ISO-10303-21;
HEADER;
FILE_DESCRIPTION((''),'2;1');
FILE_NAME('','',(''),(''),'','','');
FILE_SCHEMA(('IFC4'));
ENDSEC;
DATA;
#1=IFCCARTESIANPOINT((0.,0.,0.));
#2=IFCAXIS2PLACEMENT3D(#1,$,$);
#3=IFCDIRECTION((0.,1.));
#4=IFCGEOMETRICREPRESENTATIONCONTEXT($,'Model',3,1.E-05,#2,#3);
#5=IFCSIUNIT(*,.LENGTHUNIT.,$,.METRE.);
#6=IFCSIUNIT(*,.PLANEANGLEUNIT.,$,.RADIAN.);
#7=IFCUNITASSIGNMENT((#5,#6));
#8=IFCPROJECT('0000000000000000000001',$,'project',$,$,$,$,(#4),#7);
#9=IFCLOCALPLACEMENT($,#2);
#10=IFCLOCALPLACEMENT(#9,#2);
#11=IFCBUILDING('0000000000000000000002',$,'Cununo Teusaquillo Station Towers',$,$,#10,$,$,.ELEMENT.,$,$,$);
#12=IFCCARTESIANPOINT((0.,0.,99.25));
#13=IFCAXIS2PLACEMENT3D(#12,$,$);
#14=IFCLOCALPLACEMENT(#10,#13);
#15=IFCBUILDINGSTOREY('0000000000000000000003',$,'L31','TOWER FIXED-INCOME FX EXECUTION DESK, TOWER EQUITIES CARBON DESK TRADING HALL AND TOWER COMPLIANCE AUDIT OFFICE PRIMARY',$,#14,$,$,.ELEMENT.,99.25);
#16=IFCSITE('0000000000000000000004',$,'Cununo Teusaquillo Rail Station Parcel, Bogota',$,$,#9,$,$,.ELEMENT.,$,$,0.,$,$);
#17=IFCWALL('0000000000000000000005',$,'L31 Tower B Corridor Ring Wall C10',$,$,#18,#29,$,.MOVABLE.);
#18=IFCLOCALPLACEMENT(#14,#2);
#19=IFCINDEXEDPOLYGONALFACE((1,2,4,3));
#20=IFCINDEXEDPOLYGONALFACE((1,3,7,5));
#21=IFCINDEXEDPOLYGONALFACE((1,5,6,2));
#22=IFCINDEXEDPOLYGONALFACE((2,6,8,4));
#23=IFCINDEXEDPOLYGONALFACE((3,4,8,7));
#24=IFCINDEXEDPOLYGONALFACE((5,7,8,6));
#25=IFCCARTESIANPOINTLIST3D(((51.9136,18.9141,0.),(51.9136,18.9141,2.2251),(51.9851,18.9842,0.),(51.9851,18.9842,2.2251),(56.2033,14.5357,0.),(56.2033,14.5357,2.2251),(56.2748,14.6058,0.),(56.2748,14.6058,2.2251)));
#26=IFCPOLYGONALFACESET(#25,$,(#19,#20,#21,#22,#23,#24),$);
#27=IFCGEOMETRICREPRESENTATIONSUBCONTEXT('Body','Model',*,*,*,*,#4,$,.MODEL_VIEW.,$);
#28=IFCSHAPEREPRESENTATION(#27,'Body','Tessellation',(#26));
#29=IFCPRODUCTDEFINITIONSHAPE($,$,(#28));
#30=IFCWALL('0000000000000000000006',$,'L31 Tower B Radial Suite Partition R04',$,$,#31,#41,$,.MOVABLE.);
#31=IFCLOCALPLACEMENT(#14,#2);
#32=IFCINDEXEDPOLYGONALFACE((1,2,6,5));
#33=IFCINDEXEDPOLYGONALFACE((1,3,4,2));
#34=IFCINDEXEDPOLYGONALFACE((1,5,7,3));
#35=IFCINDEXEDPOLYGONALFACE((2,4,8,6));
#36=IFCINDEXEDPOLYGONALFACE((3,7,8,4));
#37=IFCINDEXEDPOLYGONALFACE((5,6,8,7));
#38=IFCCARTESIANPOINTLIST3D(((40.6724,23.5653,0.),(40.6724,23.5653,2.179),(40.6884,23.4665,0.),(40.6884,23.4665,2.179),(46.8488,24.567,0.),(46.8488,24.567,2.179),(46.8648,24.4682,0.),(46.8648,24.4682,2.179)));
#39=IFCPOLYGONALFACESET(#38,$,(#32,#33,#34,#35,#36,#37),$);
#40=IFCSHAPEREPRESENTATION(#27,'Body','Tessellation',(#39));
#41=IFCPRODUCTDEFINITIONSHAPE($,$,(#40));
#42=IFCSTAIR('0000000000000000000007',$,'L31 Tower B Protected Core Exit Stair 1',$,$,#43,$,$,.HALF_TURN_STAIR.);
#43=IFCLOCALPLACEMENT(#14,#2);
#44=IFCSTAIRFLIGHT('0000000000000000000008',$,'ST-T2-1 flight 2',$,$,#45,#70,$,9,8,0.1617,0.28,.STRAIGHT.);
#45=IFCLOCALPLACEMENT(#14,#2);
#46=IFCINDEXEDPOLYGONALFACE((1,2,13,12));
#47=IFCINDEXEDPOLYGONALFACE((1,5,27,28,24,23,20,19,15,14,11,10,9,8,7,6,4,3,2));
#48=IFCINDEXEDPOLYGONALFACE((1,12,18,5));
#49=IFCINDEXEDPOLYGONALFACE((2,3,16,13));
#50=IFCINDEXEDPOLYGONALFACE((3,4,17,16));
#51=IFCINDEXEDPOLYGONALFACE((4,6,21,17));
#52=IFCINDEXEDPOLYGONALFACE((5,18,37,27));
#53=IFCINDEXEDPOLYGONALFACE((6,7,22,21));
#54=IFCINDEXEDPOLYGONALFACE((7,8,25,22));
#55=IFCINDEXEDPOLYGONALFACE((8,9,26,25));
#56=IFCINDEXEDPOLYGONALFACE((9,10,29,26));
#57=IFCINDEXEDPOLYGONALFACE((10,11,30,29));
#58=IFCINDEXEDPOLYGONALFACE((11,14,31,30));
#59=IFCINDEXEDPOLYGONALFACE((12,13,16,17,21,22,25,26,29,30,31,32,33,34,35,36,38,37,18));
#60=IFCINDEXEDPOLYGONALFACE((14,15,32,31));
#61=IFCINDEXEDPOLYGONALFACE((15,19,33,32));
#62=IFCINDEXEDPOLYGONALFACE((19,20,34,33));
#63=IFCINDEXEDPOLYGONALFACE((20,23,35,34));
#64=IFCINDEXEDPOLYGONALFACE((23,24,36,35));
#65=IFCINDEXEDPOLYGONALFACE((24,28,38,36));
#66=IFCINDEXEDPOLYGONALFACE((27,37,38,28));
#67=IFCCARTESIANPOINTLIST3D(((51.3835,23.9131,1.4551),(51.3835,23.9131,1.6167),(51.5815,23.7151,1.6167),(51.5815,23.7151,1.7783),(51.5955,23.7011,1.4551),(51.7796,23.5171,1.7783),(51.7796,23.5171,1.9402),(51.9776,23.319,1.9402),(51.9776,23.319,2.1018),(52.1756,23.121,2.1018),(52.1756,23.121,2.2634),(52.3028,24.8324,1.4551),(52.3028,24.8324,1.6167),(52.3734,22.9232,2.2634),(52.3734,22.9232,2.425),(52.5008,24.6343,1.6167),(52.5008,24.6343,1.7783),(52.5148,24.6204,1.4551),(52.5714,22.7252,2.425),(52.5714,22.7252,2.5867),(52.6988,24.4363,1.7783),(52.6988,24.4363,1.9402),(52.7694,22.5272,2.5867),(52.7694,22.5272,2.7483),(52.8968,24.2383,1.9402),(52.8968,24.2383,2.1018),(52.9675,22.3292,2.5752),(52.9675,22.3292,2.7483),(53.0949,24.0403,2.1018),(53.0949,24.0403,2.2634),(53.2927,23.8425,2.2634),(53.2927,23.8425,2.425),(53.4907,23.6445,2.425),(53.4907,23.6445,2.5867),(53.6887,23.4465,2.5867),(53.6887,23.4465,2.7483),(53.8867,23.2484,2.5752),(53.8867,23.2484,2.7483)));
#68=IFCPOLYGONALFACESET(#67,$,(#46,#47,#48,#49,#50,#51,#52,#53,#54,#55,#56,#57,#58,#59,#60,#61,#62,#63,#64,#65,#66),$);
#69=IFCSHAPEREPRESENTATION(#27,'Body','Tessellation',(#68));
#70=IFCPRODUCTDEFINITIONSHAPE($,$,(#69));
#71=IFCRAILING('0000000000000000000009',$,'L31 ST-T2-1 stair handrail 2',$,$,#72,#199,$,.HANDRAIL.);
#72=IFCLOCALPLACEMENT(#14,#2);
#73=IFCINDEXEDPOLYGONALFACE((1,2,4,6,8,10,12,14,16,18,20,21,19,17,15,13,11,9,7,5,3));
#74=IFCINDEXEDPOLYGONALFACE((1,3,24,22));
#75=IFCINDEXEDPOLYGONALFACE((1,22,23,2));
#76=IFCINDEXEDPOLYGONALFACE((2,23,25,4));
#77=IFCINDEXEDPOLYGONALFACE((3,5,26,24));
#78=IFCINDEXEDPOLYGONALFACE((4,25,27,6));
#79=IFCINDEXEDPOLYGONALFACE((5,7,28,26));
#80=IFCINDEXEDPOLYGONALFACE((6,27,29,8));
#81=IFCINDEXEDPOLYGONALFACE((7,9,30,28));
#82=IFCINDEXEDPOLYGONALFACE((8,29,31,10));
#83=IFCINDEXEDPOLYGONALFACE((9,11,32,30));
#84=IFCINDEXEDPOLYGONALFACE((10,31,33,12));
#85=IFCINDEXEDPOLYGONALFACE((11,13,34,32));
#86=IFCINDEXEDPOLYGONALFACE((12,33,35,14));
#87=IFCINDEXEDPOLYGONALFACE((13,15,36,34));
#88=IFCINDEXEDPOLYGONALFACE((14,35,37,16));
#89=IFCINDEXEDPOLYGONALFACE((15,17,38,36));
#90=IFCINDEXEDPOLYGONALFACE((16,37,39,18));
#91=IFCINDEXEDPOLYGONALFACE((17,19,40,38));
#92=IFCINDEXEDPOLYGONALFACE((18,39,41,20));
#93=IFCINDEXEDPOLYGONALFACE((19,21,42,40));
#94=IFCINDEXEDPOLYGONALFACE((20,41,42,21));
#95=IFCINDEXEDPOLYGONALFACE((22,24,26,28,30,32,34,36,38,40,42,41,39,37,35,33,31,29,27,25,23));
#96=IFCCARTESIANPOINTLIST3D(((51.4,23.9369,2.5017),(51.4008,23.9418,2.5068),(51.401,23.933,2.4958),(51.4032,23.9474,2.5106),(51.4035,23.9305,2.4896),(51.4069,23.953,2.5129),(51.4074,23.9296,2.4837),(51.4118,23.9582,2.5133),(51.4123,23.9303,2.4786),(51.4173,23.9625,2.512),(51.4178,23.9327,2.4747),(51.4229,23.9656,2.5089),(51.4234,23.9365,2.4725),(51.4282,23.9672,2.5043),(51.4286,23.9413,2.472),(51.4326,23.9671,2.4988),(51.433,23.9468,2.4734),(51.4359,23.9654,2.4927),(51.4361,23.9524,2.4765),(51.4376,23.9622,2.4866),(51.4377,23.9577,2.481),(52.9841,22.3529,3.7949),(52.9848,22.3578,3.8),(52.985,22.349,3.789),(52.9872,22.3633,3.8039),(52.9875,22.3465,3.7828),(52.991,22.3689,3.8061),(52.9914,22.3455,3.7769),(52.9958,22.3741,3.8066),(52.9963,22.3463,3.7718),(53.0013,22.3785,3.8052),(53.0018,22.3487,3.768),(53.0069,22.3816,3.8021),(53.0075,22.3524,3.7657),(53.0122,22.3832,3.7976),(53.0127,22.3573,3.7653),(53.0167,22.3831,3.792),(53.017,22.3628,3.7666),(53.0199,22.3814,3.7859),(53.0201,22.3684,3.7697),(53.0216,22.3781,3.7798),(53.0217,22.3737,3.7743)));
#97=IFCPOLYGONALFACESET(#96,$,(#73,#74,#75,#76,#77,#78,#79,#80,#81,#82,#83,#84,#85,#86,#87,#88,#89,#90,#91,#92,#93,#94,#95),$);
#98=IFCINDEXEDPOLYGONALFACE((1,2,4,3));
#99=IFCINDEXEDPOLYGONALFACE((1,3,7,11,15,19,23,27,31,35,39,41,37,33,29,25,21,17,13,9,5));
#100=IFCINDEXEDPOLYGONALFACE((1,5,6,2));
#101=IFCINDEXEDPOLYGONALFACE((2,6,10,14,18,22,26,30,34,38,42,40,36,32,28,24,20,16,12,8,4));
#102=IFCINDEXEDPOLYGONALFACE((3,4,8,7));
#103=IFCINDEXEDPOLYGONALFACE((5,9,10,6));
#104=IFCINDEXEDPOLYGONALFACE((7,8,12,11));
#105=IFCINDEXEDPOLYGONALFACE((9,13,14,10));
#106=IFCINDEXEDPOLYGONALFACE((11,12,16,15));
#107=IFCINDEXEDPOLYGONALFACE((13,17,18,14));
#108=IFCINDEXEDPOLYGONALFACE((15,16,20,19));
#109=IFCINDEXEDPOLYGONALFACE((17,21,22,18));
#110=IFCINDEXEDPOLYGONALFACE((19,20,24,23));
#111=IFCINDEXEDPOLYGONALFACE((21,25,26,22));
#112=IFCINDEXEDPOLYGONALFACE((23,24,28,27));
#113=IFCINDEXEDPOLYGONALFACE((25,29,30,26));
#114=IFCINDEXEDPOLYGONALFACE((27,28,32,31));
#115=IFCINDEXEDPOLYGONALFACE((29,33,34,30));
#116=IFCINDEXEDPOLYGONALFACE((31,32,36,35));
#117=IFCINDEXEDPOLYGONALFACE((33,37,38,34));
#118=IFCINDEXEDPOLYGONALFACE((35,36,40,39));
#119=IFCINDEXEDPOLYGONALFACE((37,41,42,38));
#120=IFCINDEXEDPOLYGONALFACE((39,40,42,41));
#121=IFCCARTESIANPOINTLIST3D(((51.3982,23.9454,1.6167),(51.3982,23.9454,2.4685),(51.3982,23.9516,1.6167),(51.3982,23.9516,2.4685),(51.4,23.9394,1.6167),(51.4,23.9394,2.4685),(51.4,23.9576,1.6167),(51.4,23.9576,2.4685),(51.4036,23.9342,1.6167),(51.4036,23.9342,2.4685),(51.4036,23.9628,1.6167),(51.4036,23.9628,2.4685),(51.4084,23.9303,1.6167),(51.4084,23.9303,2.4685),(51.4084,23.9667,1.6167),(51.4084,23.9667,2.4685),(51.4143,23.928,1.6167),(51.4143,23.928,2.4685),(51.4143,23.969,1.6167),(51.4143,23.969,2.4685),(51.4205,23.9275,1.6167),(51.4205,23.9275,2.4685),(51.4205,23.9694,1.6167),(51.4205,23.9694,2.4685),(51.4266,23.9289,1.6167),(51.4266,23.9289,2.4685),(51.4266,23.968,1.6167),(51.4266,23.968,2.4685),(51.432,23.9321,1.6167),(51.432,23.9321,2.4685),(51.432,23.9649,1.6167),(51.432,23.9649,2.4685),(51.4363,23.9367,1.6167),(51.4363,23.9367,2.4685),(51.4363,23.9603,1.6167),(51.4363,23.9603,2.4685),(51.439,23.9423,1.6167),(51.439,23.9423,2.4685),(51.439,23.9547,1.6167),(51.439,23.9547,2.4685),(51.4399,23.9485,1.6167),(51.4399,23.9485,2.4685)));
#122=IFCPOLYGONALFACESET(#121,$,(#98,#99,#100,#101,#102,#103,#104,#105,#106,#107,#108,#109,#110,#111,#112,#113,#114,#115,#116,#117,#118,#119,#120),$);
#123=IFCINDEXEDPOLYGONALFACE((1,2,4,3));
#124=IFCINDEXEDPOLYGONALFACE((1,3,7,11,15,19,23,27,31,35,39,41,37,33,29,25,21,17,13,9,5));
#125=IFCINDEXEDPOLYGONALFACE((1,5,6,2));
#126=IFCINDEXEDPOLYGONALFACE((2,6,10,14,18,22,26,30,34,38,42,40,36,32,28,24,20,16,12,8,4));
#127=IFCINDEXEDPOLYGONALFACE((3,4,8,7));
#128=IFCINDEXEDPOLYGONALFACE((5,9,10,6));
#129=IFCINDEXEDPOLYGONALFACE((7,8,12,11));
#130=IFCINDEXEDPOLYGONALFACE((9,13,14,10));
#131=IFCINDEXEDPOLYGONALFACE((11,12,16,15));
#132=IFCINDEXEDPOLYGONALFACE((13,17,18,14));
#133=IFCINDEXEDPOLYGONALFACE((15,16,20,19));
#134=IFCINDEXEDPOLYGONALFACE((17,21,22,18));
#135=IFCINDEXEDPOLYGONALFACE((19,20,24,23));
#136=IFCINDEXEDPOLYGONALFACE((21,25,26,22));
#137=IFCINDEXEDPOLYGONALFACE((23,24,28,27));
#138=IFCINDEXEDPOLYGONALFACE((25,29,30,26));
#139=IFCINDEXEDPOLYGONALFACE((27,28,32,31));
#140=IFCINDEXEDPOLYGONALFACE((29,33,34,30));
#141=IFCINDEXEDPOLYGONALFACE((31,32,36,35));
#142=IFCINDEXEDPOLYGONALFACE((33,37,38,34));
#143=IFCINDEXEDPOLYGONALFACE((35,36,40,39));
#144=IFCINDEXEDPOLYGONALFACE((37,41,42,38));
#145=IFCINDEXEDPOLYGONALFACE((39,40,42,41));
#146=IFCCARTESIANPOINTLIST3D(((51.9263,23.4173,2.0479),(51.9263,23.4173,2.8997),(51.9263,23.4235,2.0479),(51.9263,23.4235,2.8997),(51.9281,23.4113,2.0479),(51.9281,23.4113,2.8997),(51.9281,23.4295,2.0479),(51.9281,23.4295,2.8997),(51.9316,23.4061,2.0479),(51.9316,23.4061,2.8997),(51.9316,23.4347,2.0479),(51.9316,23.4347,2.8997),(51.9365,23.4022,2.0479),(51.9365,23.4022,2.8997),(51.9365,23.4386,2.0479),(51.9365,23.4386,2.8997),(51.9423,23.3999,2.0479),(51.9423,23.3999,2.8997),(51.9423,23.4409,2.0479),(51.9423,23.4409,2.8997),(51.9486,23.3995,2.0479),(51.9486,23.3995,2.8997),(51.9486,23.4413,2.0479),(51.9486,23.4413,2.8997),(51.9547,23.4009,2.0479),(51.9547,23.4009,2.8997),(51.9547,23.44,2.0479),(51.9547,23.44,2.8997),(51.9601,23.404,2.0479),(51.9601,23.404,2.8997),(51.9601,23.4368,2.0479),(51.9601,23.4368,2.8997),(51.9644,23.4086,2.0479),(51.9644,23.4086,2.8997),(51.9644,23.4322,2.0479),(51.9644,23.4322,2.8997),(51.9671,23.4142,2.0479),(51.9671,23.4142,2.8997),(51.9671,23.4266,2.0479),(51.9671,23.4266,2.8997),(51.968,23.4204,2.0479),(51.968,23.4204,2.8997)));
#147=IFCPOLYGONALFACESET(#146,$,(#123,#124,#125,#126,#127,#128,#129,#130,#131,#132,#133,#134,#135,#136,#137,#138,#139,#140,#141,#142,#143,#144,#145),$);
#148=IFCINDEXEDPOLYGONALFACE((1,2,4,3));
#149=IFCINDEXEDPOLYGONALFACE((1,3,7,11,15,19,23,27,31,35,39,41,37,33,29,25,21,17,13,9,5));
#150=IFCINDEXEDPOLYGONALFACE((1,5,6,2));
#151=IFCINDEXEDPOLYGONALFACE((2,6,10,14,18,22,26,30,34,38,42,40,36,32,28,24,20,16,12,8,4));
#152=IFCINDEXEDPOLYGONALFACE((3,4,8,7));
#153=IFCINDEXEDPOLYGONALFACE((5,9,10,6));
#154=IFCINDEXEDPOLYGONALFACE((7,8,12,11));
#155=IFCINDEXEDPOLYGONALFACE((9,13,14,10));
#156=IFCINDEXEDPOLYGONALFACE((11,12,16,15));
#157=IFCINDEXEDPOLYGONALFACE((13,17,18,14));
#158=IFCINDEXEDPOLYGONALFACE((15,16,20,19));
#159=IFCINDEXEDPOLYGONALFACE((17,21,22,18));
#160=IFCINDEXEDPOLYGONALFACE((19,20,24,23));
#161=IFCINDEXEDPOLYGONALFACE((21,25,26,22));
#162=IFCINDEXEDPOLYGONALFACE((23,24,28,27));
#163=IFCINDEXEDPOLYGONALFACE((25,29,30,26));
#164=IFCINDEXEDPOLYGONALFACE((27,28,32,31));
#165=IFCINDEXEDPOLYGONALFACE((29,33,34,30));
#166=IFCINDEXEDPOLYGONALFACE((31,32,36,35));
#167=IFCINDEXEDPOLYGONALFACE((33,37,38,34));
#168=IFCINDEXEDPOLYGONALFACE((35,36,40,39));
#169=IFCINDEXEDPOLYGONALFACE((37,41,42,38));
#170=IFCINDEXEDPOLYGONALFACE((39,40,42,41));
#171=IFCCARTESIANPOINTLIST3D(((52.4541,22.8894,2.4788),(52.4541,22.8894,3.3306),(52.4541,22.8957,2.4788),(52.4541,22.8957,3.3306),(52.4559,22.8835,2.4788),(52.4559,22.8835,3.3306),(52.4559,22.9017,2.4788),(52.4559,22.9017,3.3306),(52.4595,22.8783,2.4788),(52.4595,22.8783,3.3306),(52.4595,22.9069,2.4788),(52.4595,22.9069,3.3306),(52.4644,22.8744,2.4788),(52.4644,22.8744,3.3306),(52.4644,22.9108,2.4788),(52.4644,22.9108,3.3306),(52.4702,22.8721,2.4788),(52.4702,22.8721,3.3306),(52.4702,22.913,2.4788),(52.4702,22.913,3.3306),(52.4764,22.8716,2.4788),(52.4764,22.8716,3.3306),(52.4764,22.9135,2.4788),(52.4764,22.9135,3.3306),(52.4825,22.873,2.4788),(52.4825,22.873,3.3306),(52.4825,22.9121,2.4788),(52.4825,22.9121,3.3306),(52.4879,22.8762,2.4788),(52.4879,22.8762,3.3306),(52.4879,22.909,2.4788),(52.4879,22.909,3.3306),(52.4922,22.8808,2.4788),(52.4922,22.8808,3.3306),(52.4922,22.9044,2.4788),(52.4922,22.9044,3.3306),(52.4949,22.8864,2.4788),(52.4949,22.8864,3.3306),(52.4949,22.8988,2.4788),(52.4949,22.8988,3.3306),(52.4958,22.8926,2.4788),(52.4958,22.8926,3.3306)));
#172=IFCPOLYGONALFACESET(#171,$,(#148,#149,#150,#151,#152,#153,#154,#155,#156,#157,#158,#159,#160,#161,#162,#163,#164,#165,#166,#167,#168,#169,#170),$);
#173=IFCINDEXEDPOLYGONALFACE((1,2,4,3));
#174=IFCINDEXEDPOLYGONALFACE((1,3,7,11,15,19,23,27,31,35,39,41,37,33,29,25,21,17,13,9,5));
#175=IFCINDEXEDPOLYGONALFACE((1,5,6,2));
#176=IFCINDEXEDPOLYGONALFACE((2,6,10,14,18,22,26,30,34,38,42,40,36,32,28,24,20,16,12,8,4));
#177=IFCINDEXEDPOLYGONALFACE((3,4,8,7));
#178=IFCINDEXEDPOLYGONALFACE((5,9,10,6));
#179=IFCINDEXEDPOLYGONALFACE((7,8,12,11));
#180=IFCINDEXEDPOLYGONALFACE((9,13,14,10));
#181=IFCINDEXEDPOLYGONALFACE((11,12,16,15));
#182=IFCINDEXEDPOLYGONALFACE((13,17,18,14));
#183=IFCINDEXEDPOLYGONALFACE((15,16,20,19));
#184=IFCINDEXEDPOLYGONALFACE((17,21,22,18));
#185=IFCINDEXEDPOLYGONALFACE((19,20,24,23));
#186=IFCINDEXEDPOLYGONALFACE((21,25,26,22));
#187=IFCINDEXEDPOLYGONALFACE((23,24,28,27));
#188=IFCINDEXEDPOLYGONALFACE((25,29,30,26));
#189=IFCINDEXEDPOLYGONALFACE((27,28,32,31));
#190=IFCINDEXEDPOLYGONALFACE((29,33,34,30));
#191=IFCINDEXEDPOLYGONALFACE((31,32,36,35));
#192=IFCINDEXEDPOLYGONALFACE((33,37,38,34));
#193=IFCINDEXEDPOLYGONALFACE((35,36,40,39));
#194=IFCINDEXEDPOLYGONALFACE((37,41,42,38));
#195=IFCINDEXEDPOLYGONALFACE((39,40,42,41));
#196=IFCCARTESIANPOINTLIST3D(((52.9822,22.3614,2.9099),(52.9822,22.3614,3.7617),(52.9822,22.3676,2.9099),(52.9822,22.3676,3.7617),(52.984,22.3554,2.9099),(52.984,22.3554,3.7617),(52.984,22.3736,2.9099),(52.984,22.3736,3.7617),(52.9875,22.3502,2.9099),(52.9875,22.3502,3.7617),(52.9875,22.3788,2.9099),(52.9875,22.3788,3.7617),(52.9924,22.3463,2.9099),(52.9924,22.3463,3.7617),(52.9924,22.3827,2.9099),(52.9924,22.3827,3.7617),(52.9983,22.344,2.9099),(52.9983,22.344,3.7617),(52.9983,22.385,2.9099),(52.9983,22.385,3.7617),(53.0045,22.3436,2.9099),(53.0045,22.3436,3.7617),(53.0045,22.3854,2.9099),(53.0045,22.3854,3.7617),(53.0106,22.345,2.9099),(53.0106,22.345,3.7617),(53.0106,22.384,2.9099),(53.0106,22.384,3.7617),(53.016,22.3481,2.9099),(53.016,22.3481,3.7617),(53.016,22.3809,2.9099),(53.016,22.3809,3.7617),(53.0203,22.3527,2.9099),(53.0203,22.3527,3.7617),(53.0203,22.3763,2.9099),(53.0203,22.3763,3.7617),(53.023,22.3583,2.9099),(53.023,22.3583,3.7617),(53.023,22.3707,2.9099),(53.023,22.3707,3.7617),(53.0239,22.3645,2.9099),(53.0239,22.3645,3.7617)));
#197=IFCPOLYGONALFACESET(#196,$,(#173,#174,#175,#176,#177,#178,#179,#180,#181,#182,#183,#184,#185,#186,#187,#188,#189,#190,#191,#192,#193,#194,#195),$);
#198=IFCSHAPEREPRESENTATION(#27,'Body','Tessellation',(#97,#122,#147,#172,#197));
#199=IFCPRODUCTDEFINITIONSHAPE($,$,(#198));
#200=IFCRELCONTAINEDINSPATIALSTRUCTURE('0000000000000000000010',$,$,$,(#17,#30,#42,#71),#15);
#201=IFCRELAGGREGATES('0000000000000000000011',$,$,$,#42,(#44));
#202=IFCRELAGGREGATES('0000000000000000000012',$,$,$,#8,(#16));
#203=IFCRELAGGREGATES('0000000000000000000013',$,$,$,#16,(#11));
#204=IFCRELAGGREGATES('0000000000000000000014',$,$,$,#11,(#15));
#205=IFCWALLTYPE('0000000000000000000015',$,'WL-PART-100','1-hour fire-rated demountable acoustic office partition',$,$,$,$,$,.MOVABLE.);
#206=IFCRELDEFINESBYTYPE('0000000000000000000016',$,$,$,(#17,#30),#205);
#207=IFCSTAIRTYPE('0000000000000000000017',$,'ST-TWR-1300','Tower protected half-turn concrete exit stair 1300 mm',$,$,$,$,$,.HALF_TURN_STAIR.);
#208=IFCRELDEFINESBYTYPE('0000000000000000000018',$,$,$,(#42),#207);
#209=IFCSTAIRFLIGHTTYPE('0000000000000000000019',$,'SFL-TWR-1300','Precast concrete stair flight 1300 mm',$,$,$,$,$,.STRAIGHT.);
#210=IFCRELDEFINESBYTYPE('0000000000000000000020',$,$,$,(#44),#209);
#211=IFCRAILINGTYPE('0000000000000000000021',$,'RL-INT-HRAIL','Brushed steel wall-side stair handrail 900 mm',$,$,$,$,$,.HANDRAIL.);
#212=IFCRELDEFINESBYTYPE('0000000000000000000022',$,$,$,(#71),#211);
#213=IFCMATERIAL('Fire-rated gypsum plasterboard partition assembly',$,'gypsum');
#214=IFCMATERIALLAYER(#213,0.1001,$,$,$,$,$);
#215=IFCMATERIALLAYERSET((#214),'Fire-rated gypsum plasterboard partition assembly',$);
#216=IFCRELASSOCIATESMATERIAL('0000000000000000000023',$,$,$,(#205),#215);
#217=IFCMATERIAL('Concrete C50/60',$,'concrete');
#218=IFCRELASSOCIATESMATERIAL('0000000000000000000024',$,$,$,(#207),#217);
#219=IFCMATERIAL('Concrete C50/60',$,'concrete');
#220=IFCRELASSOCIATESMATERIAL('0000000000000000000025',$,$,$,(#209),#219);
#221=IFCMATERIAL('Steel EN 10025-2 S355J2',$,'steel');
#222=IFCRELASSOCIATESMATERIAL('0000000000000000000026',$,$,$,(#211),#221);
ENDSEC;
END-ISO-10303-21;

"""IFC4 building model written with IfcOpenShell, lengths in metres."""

from ifc_helpers import new_model, si_unit, direction, frame, frame_2d, origin, origin_2d, place, context, subcontext, project, spatial, polyline, rectangle, circle, outline, extrude, material, layer, layer_set, type_object, element, aggregate, save


model = new_model("IFC4")

# Units and contexts
model_context = context("Model", 3, precision=1e-05, world=origin(), true_north=direction((0.0, 1.0)))
body_context = subcontext(model_context, "Body", "Model", "MODEL_VIEW")
ifc_project = project(units=[si_unit("LENGTHUNIT", "METRE"), si_unit("PLANEANGLEUNIT", "RADIAN")], contexts=[model_context])

# Site, building, storey
site_placement = place(None, origin())
site = spatial("IfcSite", under=ifc_project, at=site_placement, Name="Cununo Teusaquillo Rail Station Parcel, Bogota", CompositionType="ELEMENT", RefElevation=0.0)
building_placement = place(site_placement, origin())
building = spatial("IfcBuilding", under=site, at=building_placement, Name="Cununo Teusaquillo Station Towers", CompositionType="ELEMENT")
storey_placement = place(building_placement, frame((0.0, 0.0, 99.25)))
storey = spatial("IfcBuildingStorey", under=building, at=storey_placement, Name="L31", Description="TOWER FIXED-INCOME FX EXECUTION DESK, TOWER EQUITIES CARBON DESK TRADING HALL AND TOWER COMPLIANCE AUDIT OFFICE PRIMARY", CompositionType="ELEMENT", Elevation=99.25)

# Shared definitions
ifc_material_1 = material(Name="Fire-rated gypsum plasterboard partition assembly", Category="gypsum")
ifc_layer_1 = layer(ifc_material_1, 0.1001)
ifc_layer_set_1 = layer_set([ifc_layer_1], Name="Fire-rated gypsum plasterboard partition assembly")
wall_type_1 = type_object("IfcWallType", Name="WL-PART-100", Description="1-hour fire-rated demountable acoustic office partition", PredefinedType="MOVABLE", material=ifc_layer_set_1)

# Walls
wall_1_placement = place(storey_placement, frame((51.9492, 18.9492, 0.0), z_axis=(0.0, 0.0, 1.0), x_axis=(0.699841, -0.714299, 0.0)))
element("IfcWall", 1, at=wall_1_placement, inside=storey, type_object=wall_type_1, Name="L31 Tower B Corridor Ring Wall C10", PredefinedType="MOVABLE", context=body_context, shape_type="SweptSolid", body=[
    extrude(rectangle(XDim=6.1296, YDim=0.1001, at=frame_2d((3.0649, 0.0))), origin(), (0.0, 0.0, 1.0), 2.2251),
])
wall_2_placement = place(storey_placement, frame((46.8567, 24.5176, 0.0), z_axis=(0.0, 0.0, 1.0), x_axis=(-0.987102, -0.160095, 0.0)))
element("IfcWall", 2, at=wall_2_placement, inside=storey, type_object=wall_type_1, Name="L31 Tower B Radial Suite Partition R04", PredefinedType="MOVABLE", context=body_context, shape_type="SweptSolid", body=[
    extrude(rectangle(XDim=6.2571, YDim=0.1001, at=frame_2d((3.1284, 0.0))), origin(), (0.0, 0.0, 1.0), 2.179),
])

# Stair, stair flight
ifc_material_2 = material(Name="Concrete C50/60", Category="concrete")
stair_type = type_object("IfcStairType", Name="ST-TWR-1300", Description="Tower protected half-turn concrete exit stair 1300 mm", PredefinedType="HALF_TURN_STAIR", material=ifc_material_2)
stair_placement = place(storey_placement, origin())
stair = element("IfcStair", 3, at=stair_placement, inside=storey, type_object=stair_type, Name="L31 Tower B Protected Core Exit Stair 1", PredefinedType="HALF_TURN_STAIR")
ifc_material_3 = material(Name="Concrete C50/60", Category="concrete")
stair_flight_type = type_object("IfcStairFlightType", Name="SFL-TWR-1300", Description="Precast concrete stair flight 1300 mm", PredefinedType="STRAIGHT", material=ifc_material_3)
stair_flight_placement = place(storey_placement, frame((51.8433, 24.3728, 1.4551), z_axis=(0.0, 0.0, 1.0), x_axis=(0.707107, -0.707107, 0.0)))
stair_flight = element("IfcStairFlight", 4, at=stair_flight_placement, type_object=stair_flight_type, Name="ST-T2-1 flight 2", NumberOfRisers=9, NumberOfTreads=8, PredefinedType="STRAIGHT", RiserHeight=0.1617, TreadLength=0.28, context=body_context, shape_type="SweptSolid", body=[
    extrude(outline(polyline([(0.0, 0.0), (0.0, 0.1616), (0.28, 0.1616), (0.28, 0.3232), (0.5601, 0.3232), (0.5601, 0.4851), (0.8401, 0.4851), (0.8401, 0.6467), (1.1201, 0.6467), (1.1201, 0.8083), (1.3999, 0.8083), (1.3999, 0.97), (1.6799, 0.97), (1.6799, 1.1316), (1.96, 1.1316), (1.96, 1.2932), (2.24, 1.2932), (2.24, 1.4551), (2.24, 1.1201), (0.2998, 0.0), (0.0, 0.0)])), frame((0.0, 0.6499, 0.0), z_axis=(0.0, -1.0, 0.0), x_axis=(1.0, 0.0, 0.0)), (0.0, 0.0, 1.0), 1.3),
])
aggregate(stair, [stair_flight])

# Railing
ifc_material_4 = material(Name="Steel EN 10025-2 S355J2", Category="steel")
railing_type = type_object("IfcRailingType", Name="RL-INT-HRAIL", Description="Brushed steel wall-side stair handrail 900 mm", PredefinedType="HANDRAIL", material=ifc_material_4)
railing_placement = place(storey_placement, frame((51.4189, 23.9485, 1.6167)))
element("IfcRailing", 5, at=railing_placement, inside=storey, type_object=railing_type, Name="L31 ST-T2-1 stair handrail 2", PredefinedType="HANDRAIL", context=body_context, shape_type="SweptSolid", body=[
    extrude(circle(Radius=0.0239, at=origin_2d()), frame((0.0, 0.0, 0.876), z_axis=(0.612385, -0.612385, 0.49997), x_axis=(0.707107, 0.707107, 0.0)), (0.0, 0.0, 1.0), 2.5867),
    extrude(circle(Radius=0.021, at=origin_2d()), origin(), (0.0, 0.0, 1.0), 0.8518),
    extrude(circle(Radius=0.021, at=origin_2d()), frame((0.5281, -0.5281, 0.4312)), (0.0, 0.0, 1.0), 0.8518),
    extrude(circle(Radius=0.021, at=origin_2d()), frame((1.0559, -1.0559, 0.8621)), (0.0, 0.0, 1.0), 0.8518),
    extrude(circle(Radius=0.021, at=origin_2d()), frame((1.584, -1.584, 1.2932)), (0.0, 0.0, 1.0), 0.8518),
])

save(model, "model.ifc")
